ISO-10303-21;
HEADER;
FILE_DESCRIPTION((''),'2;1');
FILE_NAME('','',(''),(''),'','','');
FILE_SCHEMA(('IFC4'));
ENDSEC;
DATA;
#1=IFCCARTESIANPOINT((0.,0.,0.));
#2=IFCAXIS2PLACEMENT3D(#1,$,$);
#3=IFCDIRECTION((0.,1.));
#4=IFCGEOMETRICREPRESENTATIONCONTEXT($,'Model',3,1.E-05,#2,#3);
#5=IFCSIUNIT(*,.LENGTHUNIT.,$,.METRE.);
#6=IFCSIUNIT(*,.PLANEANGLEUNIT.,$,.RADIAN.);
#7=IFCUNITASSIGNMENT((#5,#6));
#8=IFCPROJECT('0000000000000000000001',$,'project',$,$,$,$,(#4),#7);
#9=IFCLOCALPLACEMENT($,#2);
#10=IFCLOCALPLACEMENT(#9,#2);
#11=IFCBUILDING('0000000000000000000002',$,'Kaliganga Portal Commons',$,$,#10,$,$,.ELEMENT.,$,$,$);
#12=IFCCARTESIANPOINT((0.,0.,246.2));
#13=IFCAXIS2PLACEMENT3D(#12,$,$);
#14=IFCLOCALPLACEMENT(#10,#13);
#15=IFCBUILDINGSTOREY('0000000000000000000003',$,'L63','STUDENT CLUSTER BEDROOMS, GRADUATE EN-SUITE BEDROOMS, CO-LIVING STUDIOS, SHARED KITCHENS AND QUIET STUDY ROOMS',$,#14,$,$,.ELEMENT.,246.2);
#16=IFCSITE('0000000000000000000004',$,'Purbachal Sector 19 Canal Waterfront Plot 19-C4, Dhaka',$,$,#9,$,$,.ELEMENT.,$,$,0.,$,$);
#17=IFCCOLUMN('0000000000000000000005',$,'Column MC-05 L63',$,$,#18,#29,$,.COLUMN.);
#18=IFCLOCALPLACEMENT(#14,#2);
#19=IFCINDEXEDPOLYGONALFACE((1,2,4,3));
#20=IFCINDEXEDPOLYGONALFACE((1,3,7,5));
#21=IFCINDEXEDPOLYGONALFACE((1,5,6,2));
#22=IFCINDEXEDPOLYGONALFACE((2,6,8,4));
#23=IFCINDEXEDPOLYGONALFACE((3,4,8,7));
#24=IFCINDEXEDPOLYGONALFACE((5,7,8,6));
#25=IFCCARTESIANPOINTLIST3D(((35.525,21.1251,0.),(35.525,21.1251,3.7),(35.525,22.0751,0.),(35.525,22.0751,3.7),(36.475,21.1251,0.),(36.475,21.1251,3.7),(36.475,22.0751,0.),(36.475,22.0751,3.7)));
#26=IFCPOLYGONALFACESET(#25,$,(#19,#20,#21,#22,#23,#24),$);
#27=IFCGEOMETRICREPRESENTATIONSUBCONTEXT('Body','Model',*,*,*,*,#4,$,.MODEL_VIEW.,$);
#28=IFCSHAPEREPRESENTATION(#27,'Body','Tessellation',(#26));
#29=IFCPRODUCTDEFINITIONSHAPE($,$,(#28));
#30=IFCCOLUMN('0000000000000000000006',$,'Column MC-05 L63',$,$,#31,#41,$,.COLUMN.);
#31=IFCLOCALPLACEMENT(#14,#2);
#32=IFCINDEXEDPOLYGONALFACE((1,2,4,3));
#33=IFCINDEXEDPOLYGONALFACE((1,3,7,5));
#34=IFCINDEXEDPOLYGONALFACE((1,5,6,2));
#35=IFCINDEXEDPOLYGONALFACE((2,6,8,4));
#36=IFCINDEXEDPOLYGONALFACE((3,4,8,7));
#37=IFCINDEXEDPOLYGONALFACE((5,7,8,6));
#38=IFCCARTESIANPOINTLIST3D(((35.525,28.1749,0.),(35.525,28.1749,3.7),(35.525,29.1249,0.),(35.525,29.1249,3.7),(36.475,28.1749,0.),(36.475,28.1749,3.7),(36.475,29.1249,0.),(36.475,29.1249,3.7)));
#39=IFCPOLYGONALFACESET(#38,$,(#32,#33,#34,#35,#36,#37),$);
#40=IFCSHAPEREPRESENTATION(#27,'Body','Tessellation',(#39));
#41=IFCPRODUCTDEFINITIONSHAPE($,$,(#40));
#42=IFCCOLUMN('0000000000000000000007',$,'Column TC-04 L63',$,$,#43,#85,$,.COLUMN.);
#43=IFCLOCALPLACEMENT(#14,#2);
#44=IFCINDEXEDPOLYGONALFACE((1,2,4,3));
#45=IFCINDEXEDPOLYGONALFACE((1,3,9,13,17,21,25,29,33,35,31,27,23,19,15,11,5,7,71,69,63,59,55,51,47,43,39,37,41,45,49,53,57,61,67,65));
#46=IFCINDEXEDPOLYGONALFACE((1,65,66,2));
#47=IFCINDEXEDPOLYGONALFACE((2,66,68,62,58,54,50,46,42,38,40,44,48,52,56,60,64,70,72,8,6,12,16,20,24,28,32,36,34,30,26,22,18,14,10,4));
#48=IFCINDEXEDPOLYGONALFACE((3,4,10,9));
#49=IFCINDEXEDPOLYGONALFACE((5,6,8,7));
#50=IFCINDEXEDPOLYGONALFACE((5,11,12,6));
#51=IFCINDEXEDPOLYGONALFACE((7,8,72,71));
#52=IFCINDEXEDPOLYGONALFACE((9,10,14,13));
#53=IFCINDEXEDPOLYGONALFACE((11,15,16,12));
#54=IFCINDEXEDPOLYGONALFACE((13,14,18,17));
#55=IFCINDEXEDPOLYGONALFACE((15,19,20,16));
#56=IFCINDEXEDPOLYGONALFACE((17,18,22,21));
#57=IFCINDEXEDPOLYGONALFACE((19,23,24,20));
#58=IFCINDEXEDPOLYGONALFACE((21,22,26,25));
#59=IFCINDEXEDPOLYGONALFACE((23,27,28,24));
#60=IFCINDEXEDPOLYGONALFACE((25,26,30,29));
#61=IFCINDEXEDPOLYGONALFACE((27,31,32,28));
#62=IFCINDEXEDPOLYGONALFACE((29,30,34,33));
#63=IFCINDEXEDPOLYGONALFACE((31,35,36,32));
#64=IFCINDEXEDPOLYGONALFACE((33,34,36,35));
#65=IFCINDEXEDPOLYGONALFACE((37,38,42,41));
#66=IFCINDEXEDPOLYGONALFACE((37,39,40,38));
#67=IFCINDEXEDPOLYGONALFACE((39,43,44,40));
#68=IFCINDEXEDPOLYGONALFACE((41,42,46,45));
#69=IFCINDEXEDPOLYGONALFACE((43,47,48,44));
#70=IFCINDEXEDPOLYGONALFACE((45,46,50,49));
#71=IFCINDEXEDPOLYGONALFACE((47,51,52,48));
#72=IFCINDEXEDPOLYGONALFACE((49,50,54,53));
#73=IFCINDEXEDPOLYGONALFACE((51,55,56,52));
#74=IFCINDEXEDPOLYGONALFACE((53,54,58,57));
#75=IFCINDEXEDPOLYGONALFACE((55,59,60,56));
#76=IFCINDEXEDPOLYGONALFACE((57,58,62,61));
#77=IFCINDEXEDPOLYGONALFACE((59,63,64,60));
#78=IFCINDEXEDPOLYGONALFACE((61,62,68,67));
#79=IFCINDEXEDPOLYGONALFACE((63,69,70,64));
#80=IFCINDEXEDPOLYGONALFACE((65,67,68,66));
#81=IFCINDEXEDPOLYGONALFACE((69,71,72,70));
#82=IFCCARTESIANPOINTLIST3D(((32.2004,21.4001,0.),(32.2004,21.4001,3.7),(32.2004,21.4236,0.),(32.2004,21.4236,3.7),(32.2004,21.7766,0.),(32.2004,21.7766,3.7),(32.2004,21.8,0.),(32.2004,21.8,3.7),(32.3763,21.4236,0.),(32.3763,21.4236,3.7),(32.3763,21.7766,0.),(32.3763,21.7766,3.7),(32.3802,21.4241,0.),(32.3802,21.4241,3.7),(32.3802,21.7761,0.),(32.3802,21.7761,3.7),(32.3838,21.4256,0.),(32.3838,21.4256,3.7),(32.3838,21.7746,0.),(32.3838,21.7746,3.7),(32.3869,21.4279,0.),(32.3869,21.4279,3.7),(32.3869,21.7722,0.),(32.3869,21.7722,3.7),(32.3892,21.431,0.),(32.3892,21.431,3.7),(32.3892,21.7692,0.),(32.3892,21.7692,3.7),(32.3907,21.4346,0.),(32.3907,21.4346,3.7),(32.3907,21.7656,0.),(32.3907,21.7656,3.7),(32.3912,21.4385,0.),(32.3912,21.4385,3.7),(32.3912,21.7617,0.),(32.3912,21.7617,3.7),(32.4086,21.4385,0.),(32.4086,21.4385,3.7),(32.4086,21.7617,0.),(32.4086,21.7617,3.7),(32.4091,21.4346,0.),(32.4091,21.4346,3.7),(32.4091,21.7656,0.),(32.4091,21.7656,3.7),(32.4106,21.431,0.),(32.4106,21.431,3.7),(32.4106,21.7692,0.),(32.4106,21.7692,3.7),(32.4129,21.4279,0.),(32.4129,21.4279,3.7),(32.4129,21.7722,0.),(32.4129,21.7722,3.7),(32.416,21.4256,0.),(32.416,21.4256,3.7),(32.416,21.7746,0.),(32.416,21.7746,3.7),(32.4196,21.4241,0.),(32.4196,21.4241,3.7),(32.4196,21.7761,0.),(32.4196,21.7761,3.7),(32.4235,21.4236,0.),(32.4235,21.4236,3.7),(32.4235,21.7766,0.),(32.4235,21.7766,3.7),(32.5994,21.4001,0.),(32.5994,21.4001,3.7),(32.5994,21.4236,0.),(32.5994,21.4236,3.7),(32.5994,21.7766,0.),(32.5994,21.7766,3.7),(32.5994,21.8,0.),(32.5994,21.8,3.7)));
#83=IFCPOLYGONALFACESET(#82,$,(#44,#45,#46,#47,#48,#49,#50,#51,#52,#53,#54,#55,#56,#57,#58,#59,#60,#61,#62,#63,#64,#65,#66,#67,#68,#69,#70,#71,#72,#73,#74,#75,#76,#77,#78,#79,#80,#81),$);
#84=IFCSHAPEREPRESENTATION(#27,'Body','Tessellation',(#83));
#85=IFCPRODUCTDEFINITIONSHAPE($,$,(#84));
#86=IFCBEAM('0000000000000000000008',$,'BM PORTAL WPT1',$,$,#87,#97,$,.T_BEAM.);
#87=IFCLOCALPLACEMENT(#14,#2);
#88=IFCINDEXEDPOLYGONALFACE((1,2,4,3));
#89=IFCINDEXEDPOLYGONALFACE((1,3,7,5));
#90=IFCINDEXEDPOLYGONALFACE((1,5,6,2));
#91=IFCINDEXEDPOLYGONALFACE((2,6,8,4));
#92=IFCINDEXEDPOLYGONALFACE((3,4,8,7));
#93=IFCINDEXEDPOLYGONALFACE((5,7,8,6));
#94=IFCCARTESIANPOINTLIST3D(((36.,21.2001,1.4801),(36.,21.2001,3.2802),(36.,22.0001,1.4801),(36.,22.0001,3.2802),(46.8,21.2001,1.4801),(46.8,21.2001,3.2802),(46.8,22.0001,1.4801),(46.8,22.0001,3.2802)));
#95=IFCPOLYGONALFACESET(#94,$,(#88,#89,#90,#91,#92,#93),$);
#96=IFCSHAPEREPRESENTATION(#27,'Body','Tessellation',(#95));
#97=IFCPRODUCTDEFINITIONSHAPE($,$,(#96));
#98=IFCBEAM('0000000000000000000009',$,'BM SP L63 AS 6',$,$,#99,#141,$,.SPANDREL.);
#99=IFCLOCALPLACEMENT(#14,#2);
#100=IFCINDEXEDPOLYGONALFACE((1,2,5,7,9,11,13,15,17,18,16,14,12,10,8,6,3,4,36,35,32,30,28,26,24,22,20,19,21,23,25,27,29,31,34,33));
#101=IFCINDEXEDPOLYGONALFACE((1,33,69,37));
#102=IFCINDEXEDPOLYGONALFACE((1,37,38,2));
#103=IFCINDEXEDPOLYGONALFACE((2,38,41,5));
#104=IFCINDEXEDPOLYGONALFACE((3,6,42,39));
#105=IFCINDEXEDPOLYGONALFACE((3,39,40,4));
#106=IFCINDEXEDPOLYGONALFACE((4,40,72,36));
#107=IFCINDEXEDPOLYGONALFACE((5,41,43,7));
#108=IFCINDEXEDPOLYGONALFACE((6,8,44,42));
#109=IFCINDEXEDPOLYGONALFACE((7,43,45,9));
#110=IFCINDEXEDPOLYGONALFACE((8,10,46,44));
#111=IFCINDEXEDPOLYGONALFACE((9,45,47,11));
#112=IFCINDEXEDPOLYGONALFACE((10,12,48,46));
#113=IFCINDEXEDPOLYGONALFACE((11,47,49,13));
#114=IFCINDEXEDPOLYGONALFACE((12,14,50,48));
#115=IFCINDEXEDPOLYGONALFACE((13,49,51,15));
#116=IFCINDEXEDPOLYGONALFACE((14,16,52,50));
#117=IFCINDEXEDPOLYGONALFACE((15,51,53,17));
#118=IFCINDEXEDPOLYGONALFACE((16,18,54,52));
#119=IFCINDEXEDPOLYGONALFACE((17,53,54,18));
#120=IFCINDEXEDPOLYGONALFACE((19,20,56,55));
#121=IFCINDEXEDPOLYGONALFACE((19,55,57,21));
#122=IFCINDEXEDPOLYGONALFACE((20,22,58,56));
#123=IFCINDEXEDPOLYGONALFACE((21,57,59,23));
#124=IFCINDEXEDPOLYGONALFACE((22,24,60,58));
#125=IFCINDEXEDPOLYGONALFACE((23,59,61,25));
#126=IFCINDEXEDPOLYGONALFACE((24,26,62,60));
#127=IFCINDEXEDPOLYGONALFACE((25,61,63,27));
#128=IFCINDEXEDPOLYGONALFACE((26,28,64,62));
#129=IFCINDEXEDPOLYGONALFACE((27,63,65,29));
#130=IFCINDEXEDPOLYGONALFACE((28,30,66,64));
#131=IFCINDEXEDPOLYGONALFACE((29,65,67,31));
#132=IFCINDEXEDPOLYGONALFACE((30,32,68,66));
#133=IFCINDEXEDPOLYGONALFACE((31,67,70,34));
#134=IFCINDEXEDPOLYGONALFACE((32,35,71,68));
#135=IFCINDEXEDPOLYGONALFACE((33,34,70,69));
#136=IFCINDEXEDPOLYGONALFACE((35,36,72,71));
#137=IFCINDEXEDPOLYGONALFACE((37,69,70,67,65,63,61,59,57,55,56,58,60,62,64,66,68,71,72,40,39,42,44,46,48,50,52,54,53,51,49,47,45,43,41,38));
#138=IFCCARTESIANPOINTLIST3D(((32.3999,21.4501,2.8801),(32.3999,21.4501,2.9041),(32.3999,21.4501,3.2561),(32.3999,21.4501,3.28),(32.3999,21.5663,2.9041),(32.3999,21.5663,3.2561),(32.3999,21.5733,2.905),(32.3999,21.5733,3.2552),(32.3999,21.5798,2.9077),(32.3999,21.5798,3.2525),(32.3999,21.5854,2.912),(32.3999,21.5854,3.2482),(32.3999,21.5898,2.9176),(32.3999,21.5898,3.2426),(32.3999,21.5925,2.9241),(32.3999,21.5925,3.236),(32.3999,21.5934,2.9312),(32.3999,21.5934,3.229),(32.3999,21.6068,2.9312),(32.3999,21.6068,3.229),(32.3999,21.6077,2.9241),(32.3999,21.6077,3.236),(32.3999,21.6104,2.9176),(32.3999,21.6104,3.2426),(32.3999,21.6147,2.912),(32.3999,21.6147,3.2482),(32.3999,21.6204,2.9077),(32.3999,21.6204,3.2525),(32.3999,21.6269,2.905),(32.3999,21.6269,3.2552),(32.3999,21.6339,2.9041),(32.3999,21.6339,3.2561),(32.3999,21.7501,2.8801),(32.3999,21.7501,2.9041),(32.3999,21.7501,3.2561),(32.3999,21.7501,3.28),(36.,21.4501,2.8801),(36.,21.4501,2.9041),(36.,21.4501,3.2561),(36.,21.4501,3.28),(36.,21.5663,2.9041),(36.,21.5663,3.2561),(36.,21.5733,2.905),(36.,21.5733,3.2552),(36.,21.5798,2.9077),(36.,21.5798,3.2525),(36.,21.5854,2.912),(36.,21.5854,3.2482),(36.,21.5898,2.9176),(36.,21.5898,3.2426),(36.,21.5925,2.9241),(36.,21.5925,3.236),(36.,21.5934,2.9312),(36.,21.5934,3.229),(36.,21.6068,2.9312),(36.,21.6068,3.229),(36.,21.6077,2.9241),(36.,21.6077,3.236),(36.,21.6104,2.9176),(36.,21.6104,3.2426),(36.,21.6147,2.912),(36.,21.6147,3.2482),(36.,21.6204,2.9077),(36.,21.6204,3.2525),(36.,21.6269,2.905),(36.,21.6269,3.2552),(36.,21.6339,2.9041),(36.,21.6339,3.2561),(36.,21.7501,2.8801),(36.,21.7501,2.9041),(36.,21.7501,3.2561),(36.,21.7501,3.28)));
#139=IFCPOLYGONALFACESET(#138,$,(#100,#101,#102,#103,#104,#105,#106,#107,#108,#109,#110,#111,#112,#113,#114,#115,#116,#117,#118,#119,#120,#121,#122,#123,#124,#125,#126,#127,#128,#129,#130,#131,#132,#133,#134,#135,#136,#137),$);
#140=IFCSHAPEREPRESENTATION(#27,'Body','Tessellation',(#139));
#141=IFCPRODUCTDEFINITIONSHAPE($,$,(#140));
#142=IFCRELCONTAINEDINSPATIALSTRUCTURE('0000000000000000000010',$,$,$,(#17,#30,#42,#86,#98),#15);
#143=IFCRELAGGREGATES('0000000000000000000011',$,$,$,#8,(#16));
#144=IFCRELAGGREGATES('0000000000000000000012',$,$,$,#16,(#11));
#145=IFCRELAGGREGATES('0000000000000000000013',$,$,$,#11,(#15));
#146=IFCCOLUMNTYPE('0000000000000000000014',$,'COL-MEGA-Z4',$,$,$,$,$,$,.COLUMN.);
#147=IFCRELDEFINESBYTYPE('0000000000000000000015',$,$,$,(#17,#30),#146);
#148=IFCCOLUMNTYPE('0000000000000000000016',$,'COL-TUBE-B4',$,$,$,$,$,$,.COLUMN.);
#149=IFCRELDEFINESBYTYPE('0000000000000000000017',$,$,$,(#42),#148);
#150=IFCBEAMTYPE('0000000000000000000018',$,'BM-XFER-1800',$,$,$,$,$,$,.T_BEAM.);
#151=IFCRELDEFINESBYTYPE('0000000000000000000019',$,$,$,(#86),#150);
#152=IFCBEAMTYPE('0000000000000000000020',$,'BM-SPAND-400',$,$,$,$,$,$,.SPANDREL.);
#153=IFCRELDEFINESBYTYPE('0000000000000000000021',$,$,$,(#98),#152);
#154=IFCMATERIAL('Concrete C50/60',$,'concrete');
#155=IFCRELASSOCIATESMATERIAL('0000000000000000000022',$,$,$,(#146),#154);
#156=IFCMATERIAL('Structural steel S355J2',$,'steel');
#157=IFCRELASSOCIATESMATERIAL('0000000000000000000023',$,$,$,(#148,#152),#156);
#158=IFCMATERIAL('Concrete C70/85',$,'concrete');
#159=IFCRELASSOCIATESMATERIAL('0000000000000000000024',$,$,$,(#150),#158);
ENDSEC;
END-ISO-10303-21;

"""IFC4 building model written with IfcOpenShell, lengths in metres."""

from ifc_helpers import new_model, si_unit, direction, frame, origin, origin_2d, place, context, subcontext, project, spatial, rectangle, i_section, extrude, source, transform, mapped, material, material_profile, profile_set, type_object, element, save


model = new_model("IFC4")

# Units and contexts
model_context = context("Model", 3, precision=1e-05, world=origin(), true_north=direction((0.0, 1.0)))
body_context = subcontext(model_context, "Body", "Model", "MODEL_VIEW")
ifc_project = project(units=[si_unit("LENGTHUNIT", "METRE"), si_unit("PLANEANGLEUNIT", "RADIAN")], contexts=[model_context])

# Site, building, storey
site_placement = place(None, origin())
site = spatial("IfcSite", under=ifc_project, at=site_placement, Name="Purbachal Sector 19 Canal Waterfront Plot 19-C4, Dhaka", CompositionType="ELEMENT", RefElevation=0.0)
building_placement = place(site_placement, origin())
building = spatial("IfcBuilding", under=site, at=building_placement, Name="Kaliganga Portal Commons", CompositionType="ELEMENT")
storey_placement = place(building_placement, frame((0.0, 0.0, 246.2)))
storey = spatial("IfcBuildingStorey", under=building, at=storey_placement, Name="L63", Description="STUDENT CLUSTER BEDROOMS, GRADUATE EN-SUITE BEDROOMS, CO-LIVING STUDIOS, SHARED KITCHENS AND QUIET STUDY ROOMS", CompositionType="ELEMENT", Elevation=246.2)

# Columns
ifc_material_1 = material(Name="Concrete C50/60", Category="concrete")
ifc_material_profile_1 = material_profile(ifc_material_1, rectangle(XDim=0.95, YDim=0.95, at=origin_2d()), Name="RC 950x950")
ifc_profile_set_1 = profile_set([ifc_material_profile_1], Name="Concrete C50/60")
column_type_1 = type_object("IfcColumnType", Name="COL-MEGA-Z4", PredefinedType="COLUMN", material=ifc_profile_set_1)
shared_shape_1 = source(origin(), body_context, "Body", "SweptSolid", [
    extrude(rectangle(XDim=0.95, YDim=0.95, at=origin_2d()), origin(), (0.0, 0.0, 1.0), 3.7),
])
for number, where, z_axis, x_axis, name in (
    (1, (36.0, 21.6001, 0.0), (0.0, 0.0, 1.0), (1.0, 0.0, 0.0), "Column MC-05 L63"),
    (2, (36.0, 28.6499, 0.0), (0.0, 0.0, 1.0), (1.0, 0.0, 0.0), "Column MC-05 L63"),
):
    element("IfcColumn", number, at=place(storey_placement, frame(where, z_axis=z_axis, x_axis=x_axis)), inside=storey, type_object=column_type_1, Name=name, PredefinedType="COLUMN", context=body_context, shape_type="MappedRepresentation", body=[
        mapped(shared_shape_1, transform((0.0, 0.0, 0.0), x_axis=(1.0, 0.0, 0.0), y_axis=(0.0, 1.0, 0.0), z_axis=(0.0, 0.0, 1.0), scale=1.0)),
    ])
ifc_material_2 = material(Name="Structural steel S355J2", Category="steel")
ifc_material_profile_2 = material_profile(ifc_material_2, i_section(OverallWidth=0.3989, OverallDepth=0.3999, WebThickness=0.0173, FlangeThickness=0.0234, FilletRadius=0.0149, at=origin_2d()), Name="HD 400x287")
ifc_profile_set_2 = profile_set([ifc_material_profile_2], Name="Structural steel S355J2 wide-flange")
column_type_2 = type_object("IfcColumnType", Name="COL-TUBE-B4", PredefinedType="COLUMN", material=ifc_profile_set_2)
shared_shape_2 = source(origin(), body_context, "Body", "SweptSolid", [
    extrude(i_section(OverallWidth=0.3989, OverallDepth=0.3999, WebThickness=0.0173, FlangeThickness=0.0234, FilletRadius=0.0149, at=origin_2d()), origin(), (0.0, 0.0, 1.0), 3.7),
])
column_placement = place(storey_placement, frame((32.3999, 21.6001, 0.0), z_axis=(0.0, 0.0, 1.0), x_axis=(1.0, 0.0, 0.0)))
element("IfcColumn", 3, at=column_placement, inside=storey, type_object=column_type_2, Name="Column TC-04 L63", PredefinedType="COLUMN", context=body_context, shape_type="MappedRepresentation", body=[
    mapped(shared_shape_2, transform((0.0, 0.0, 0.0), x_axis=(1.0, 0.0, 0.0), y_axis=(0.0, 1.0, 0.0), z_axis=(0.0, 0.0, 1.0), scale=1.0)),
])

# Beams
ifc_material_3 = material(Name="Concrete C70/85", Category="concrete")
ifc_material_profile_3 = material_profile(ifc_material_3, rectangle(XDim=0.8, YDim=1.8, at=origin_2d()), Name="RC 800x1800")
ifc_profile_set_3 = profile_set([ifc_material_profile_3], Name="Concrete C70/85")
beam_type_1 = type_object("IfcBeamType", Name="BM-XFER-1800", PredefinedType="T_BEAM", material=ifc_profile_set_3)
shared_shape_3 = source(origin(), body_context, "Body", "SweptSolid", [
    extrude(rectangle(XDim=0.8, YDim=1.8, at=origin_2d()), origin(), (0.0, 0.0, 1.0), 10.8),
])
beam_1_placement = place(storey_placement, frame((36.0, 21.6001, 2.3801), z_axis=(1.0, 0.0, 0.0), x_axis=(0.0, 1.0, 0.0)))
element("IfcBeam", 4, at=beam_1_placement, inside=storey, type_object=beam_type_1, Name="BM PORTAL WPT1", PredefinedType="T_BEAM", context=body_context, shape_type="MappedRepresentation", body=[
    mapped(shared_shape_3, transform((0.0, 0.0, 0.0), x_axis=(1.0, 0.0, 0.0), y_axis=(0.0, 1.0, 0.0), z_axis=(0.0, 0.0, 1.0), scale=1.0)),
])
ifc_material_profile_4 = material_profile(ifc_material_2, i_section(OverallWidth=0.3, OverallDepth=0.3999, WebThickness=0.0134, FlangeThickness=0.0239, FilletRadius=0.0271, at=origin_2d()), Name="HE 400 B")
ifc_profile_set_4 = profile_set([ifc_material_profile_4], Name="Structural steel S355J2 wide-flange")
beam_type_2 = type_object("IfcBeamType", Name="BM-SPAND-400", PredefinedType="SPANDREL", material=ifc_profile_set_4)
shared_shape_4 = source(origin(), body_context, "Body", "SweptSolid", [
    extrude(i_section(OverallWidth=0.3, OverallDepth=0.3999, WebThickness=0.0134, FlangeThickness=0.0239, FilletRadius=0.0271, at=origin_2d()), origin(), (0.0, 0.0, 1.0), 3.6001),
])
beam_2_placement = place(storey_placement, frame((32.3999, 21.6001, 3.0801), z_axis=(1.0, 0.0, 0.0), x_axis=(0.0, 1.0, 0.0)))
element("IfcBeam", 5, at=beam_2_placement, inside=storey, type_object=beam_type_2, Name="BM SP L63 AS 6", PredefinedType="SPANDREL", context=body_context, shape_type="MappedRepresentation", body=[
    mapped(shared_shape_4, transform((0.0, 0.0, 0.0), x_axis=(1.0, 0.0, 0.0), y_axis=(0.0, 1.0, 0.0), z_axis=(0.0, 0.0, 1.0), scale=1.0)),
])

save(model, "model.ifc")
